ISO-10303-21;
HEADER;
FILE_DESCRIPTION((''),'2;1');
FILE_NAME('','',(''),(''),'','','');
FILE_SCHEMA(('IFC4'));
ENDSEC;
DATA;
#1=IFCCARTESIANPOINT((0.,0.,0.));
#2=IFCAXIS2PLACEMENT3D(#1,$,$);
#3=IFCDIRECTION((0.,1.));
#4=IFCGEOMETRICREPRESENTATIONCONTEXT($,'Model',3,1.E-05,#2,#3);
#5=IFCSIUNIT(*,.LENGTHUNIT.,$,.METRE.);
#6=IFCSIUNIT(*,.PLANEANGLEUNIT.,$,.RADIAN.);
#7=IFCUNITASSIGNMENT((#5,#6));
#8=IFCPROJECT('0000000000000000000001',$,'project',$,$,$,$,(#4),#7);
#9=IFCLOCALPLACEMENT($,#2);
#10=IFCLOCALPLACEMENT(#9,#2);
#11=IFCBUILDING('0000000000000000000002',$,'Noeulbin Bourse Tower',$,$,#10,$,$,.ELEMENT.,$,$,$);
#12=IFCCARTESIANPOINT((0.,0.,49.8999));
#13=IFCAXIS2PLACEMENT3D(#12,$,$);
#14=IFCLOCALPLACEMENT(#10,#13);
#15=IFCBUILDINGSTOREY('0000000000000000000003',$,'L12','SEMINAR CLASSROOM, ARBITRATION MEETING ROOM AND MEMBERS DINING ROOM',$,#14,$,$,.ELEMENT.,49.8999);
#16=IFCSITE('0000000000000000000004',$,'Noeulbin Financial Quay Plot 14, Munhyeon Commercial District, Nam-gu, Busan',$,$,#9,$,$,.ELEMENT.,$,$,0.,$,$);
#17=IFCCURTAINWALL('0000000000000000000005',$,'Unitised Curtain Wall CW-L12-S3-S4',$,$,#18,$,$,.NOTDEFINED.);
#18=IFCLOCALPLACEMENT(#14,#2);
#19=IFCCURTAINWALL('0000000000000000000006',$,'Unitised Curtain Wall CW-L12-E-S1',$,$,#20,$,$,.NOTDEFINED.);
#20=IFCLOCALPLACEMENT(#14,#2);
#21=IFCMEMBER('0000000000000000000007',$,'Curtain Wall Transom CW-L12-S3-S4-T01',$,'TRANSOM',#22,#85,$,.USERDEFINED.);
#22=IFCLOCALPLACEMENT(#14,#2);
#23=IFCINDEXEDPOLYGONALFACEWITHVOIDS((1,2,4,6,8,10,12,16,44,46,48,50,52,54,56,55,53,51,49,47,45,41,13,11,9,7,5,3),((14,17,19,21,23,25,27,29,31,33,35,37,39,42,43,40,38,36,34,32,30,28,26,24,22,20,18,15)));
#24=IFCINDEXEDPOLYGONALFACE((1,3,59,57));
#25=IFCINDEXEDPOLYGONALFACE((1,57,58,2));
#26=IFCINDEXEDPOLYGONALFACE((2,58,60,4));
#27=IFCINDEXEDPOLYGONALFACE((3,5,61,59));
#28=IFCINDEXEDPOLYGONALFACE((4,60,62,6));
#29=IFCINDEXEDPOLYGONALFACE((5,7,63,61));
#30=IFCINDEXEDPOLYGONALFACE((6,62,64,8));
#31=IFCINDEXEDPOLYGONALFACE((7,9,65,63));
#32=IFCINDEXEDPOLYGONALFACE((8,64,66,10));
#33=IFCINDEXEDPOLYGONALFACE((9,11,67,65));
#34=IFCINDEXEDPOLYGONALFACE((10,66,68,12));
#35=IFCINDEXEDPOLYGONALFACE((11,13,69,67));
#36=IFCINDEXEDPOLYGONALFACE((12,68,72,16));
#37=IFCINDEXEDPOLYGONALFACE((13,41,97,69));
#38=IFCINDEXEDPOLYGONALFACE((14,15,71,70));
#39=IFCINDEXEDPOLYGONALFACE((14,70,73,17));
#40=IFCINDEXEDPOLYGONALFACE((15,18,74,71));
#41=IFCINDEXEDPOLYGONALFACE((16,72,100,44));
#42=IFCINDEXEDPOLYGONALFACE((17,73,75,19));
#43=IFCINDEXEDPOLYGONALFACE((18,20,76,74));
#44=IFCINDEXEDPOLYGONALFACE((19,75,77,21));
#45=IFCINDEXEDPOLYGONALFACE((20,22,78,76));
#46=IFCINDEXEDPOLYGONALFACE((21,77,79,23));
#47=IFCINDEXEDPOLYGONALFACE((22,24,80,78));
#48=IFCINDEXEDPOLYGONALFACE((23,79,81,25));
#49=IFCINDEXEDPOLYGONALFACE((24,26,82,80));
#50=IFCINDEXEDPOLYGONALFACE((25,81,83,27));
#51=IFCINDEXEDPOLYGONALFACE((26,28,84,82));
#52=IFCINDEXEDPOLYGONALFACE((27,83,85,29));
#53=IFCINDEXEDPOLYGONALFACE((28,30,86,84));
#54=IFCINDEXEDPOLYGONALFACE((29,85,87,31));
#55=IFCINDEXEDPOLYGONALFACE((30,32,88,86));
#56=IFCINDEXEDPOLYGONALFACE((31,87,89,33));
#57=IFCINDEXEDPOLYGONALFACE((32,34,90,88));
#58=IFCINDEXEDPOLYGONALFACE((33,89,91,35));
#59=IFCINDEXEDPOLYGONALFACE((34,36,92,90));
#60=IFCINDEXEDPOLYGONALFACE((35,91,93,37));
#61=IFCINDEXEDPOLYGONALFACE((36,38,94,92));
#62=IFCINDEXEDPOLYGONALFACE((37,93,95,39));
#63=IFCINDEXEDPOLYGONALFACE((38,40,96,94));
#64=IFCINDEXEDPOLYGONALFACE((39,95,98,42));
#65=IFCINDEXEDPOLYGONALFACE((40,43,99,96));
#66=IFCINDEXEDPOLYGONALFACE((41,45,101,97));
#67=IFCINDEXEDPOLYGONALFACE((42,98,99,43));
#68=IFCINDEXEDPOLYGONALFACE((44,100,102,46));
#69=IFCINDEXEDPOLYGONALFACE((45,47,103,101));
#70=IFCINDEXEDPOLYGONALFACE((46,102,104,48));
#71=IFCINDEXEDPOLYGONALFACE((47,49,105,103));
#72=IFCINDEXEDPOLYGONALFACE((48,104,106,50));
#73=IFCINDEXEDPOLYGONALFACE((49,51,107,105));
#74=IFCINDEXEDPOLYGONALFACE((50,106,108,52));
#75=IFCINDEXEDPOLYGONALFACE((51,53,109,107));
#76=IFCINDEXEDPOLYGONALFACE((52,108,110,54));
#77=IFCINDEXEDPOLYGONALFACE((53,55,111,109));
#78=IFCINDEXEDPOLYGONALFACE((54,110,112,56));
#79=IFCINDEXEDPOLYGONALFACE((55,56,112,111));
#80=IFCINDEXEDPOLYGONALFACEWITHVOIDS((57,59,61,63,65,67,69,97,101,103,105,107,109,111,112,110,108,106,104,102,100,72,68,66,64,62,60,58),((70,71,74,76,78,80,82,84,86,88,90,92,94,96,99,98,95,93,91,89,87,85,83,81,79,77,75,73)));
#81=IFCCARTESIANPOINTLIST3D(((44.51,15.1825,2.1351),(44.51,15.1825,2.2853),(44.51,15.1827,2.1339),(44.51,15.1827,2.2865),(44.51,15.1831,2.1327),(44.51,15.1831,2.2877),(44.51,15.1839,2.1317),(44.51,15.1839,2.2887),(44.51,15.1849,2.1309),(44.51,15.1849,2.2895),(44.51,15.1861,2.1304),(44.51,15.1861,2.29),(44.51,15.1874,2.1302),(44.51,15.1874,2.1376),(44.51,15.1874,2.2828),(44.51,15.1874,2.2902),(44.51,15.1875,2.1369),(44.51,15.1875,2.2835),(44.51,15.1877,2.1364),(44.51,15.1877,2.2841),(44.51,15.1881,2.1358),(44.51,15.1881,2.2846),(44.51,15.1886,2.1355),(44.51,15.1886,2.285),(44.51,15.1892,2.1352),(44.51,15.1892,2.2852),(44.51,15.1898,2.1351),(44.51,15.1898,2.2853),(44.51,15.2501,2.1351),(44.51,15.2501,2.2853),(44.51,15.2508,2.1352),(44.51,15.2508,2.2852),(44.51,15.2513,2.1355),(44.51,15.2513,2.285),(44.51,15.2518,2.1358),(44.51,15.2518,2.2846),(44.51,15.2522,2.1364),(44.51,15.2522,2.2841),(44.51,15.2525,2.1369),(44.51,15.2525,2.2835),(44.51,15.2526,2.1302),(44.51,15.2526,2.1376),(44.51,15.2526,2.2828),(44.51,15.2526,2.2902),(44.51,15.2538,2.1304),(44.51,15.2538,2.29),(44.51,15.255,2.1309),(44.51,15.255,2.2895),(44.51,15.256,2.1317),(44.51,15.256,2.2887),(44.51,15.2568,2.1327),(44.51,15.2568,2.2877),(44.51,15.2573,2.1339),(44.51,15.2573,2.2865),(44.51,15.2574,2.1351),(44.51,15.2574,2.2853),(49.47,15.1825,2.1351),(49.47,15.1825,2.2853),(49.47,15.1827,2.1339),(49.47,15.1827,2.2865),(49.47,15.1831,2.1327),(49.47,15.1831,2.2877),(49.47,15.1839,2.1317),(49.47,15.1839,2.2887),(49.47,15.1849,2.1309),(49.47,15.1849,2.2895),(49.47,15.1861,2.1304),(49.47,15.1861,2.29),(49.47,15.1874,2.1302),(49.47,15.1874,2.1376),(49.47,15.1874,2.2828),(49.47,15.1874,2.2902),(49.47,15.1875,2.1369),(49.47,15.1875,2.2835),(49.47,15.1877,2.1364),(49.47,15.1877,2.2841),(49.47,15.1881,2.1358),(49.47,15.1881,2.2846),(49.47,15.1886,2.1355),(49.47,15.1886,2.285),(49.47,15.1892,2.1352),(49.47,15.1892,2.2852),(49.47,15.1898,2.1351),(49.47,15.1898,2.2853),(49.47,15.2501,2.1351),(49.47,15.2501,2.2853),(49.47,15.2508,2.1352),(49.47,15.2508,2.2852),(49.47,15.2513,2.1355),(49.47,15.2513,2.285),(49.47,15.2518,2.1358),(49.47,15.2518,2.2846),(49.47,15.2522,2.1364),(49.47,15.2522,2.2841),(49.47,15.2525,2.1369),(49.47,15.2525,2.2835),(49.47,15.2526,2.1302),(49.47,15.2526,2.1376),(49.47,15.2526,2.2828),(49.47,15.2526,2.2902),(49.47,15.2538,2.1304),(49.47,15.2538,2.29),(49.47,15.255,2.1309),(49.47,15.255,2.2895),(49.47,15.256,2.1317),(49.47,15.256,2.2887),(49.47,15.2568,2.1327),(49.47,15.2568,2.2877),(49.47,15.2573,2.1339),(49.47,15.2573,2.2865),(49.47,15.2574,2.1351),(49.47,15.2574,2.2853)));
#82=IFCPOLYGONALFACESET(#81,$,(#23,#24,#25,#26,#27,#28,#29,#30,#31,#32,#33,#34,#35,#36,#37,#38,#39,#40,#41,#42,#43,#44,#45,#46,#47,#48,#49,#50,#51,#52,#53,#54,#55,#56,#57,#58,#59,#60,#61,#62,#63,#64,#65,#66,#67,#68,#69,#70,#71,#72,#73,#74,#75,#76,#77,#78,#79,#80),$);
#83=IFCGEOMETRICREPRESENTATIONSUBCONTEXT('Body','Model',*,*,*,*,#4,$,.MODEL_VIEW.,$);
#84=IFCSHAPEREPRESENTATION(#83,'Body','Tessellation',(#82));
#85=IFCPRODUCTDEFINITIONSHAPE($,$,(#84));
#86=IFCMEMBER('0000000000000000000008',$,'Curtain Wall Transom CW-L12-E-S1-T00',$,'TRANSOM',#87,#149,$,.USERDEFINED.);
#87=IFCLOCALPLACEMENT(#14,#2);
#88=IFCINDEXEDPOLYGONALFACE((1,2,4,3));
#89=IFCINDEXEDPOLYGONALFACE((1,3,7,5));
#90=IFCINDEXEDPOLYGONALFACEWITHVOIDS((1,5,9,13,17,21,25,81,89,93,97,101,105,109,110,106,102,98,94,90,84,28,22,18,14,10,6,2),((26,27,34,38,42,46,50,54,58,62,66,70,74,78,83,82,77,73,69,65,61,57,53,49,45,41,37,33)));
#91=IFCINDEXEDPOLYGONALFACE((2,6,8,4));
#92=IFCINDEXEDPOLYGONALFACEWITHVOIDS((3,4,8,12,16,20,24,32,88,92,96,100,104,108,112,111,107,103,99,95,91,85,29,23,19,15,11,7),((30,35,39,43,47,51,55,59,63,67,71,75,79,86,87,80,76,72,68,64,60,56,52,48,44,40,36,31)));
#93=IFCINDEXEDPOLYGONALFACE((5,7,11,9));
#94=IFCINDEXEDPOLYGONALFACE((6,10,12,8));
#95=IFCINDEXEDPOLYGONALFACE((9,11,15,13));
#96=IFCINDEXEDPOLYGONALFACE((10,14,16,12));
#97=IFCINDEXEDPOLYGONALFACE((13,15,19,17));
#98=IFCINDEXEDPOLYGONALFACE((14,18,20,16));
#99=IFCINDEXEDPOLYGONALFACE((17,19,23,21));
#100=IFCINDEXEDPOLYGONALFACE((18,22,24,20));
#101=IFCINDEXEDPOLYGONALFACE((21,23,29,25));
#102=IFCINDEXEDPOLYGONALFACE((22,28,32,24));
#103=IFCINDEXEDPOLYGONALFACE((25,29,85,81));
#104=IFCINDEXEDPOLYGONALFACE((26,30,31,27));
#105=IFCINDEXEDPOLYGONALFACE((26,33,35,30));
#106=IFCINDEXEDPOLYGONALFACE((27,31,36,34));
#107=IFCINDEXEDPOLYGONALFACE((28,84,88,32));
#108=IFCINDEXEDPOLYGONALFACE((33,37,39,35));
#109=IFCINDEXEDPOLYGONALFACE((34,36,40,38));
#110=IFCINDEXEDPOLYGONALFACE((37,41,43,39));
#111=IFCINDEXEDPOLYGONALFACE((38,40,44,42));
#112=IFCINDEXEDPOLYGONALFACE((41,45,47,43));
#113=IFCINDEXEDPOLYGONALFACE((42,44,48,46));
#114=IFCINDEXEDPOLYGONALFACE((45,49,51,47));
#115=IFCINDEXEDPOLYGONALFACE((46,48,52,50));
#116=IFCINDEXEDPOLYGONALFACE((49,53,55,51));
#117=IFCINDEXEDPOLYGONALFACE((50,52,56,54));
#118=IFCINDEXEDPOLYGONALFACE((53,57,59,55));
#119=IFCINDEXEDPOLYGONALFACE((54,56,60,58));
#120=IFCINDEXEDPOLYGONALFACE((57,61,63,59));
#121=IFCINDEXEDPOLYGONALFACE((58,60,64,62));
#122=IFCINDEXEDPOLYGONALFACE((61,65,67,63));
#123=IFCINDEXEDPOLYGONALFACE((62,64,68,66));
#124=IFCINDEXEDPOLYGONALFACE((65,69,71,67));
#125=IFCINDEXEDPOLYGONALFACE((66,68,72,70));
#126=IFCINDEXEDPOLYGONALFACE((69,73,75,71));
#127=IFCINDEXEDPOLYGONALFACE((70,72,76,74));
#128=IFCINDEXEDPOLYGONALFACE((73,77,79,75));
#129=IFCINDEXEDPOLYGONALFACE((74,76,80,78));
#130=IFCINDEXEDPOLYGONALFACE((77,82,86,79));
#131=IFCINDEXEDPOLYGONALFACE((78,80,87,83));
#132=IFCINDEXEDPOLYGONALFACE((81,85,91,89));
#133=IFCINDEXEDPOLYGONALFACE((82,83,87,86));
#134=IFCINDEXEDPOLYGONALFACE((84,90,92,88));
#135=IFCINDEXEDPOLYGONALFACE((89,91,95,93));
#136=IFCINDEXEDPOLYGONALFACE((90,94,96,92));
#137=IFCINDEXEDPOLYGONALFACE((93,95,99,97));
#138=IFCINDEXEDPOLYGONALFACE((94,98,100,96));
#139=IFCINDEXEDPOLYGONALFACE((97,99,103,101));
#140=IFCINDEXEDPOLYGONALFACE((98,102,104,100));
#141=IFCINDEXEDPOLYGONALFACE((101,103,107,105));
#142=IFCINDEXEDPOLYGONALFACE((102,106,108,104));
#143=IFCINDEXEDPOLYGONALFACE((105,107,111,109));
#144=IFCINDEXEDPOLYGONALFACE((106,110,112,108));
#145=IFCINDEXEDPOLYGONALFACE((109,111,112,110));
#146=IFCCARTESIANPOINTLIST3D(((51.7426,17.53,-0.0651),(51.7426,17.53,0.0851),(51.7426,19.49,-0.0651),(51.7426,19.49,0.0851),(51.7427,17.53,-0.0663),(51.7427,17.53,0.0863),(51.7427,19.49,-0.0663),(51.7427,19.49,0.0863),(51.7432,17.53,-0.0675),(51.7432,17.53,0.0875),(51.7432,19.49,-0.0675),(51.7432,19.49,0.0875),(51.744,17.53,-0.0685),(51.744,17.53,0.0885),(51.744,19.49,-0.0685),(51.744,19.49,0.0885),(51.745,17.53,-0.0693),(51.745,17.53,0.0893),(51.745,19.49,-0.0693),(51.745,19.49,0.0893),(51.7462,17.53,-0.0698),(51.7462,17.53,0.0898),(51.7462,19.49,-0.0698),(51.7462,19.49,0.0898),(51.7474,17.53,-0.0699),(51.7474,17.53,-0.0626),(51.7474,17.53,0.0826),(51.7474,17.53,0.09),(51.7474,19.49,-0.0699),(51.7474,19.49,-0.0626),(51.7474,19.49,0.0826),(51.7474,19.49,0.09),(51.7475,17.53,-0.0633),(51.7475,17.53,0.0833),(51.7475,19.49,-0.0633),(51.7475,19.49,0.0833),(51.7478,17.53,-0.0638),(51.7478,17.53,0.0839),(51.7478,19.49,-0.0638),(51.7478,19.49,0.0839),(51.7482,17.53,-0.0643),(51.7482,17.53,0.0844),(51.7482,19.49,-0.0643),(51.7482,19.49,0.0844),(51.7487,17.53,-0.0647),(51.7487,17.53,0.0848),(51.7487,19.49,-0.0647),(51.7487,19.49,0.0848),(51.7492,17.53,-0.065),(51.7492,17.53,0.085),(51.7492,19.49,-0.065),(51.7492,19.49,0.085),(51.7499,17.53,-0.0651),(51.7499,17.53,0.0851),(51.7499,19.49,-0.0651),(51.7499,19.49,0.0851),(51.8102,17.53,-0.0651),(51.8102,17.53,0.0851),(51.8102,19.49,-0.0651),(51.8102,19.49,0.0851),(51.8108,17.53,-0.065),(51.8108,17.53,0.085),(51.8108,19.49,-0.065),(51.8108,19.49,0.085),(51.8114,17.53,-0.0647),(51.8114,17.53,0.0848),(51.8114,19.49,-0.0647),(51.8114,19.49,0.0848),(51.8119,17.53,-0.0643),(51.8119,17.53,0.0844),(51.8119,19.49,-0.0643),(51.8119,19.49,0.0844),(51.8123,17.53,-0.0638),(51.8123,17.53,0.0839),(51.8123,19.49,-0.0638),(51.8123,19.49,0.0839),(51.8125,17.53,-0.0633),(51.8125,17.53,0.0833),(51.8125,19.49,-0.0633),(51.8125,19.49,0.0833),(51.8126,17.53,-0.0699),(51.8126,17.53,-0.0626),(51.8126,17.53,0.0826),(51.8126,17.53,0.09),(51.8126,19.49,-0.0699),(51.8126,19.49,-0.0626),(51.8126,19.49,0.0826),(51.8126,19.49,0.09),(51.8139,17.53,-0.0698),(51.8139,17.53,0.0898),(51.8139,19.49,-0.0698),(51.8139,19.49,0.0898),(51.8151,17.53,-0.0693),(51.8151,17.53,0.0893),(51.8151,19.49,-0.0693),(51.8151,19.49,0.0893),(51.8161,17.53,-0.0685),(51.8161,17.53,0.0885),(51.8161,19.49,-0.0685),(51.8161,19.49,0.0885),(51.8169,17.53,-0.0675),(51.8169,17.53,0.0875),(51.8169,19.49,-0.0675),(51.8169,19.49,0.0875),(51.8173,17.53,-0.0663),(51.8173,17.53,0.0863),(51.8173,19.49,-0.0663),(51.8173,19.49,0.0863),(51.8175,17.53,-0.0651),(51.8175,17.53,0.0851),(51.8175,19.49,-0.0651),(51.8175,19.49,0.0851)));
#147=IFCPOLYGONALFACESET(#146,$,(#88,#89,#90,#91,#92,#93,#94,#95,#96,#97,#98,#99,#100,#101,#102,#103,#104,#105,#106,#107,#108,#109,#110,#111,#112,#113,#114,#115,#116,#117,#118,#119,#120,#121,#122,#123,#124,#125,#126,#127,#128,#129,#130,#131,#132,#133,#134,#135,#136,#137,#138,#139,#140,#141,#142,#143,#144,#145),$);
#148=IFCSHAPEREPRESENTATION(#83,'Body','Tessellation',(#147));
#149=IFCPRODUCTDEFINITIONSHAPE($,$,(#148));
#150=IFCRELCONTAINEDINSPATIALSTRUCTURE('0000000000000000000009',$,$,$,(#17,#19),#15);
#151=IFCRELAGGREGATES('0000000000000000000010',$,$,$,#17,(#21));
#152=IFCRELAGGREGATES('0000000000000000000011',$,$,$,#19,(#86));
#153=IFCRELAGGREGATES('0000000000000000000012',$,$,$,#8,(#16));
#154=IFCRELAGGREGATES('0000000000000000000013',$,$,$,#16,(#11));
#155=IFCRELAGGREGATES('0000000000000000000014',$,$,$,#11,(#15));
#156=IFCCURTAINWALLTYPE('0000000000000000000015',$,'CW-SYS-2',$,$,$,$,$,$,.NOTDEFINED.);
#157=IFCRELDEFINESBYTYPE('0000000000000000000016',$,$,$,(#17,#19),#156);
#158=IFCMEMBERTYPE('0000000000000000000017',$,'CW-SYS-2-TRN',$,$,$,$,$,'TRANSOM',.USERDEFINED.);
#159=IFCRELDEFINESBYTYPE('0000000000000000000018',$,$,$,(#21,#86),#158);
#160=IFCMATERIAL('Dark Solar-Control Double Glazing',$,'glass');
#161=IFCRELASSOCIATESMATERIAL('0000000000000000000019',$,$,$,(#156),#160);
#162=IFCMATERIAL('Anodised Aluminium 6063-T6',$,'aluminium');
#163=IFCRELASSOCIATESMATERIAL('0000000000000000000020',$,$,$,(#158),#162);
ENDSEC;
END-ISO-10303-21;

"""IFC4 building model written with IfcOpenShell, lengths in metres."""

from ifc_helpers import new_model, si_unit, direction, frame, origin, origin_2d, place, context, subcontext, project, spatial, hollow_rectangle, extrude, material, material_profile, profile_set, type_object, element, aggregate, save


model = new_model("IFC4")

# Units and contexts
model_context = context("Model", 3, precision=1e-05, world=origin(), true_north=direction((0.0, 1.0)))
body_context = subcontext(model_context, "Body", "Model", "MODEL_VIEW")
ifc_project = project(units=[si_unit("LENGTHUNIT", "METRE"), si_unit("PLANEANGLEUNIT", "RADIAN")], contexts=[model_context])

# Site, building, storey
site_placement = place(None, origin())
site = spatial("IfcSite", under=ifc_project, at=site_placement, Name="Noeulbin Financial Quay Plot 14, Munhyeon Commercial District, Nam-gu, Busan", CompositionType="ELEMENT", RefElevation=0.0)
building_placement = place(site_placement, origin())
building = spatial("IfcBuilding", under=site, at=building_placement, Name="Noeulbin Bourse Tower", CompositionType="ELEMENT")
storey_placement = place(building_placement, frame((0.0, 0.0, 49.8999)))
storey = spatial("IfcBuildingStorey", under=building, at=storey_placement, Name="L12", Description="SEMINAR CLASSROOM, ARBITRATION MEETING ROOM AND MEMBERS DINING ROOM", CompositionType="ELEMENT", Elevation=49.8999)

# Curtain wall
ifc_material_1 = material(Name="Dark Solar-Control Double Glazing", Category="glass")
curtain_wall_type = type_object("IfcCurtainWallType", Name="CW-SYS-2", PredefinedType="NOTDEFINED", material=ifc_material_1)
curtain_wall_1_placement = place(storey_placement, origin())
curtain_wall_1 = element("IfcCurtainWall", 1, at=curtain_wall_1_placement, inside=storey, type_object=curtain_wall_type, Name="Unitised Curtain Wall CW-L12-S3-S4", PredefinedType="NOTDEFINED")
ifc_material_2 = material(Name="Anodised Aluminium 6063-T6", Category="aluminium")

# Curtain wall
curtain_wall_2_placement = place(storey_placement, origin())
curtain_wall_2 = element("IfcCurtainWall", 2, at=curtain_wall_2_placement, inside=storey, type_object=curtain_wall_type, Name="Unitised Curtain Wall CW-L12-E-S1", PredefinedType="NOTDEFINED")

# Members
ifc_material_profile_1 = material_profile(ifc_material_2, hollow_rectangle(XDim=0.075, YDim=0.1599, WallThickness=0.0049, InnerFilletRadius=0.0024, OuterFilletRadius=0.0049, at=origin_2d()), Name="ALU-TRAN-75x160x5", Category="LoadBearing")
ifc_profile_set_1 = profile_set([ifc_material_profile_1], Name="Anodised Aluminium 6063-T6")
member_type_1 = type_object("IfcMemberType", Name="CW-SYS-2-TRN", ElementType="TRANSOM", PredefinedType="USERDEFINED", material=ifc_profile_set_1)
member_1_placement = place(storey_placement, frame((44.51, 15.22, 2.2102), z_axis=(1.0, 0.0, 0.0), x_axis=(0.0, 1.0, 0.0)))
member_1 = element("IfcMember", 3, at=member_1_placement, type_object=member_type_1, Name="Curtain Wall Transom CW-L12-S3-S4-T01", ObjectType="TRANSOM", PredefinedType="USERDEFINED", context=body_context, shape_type="SweptSolid", body=[
    extrude(hollow_rectangle(XDim=0.075, YDim=0.1599, WallThickness=0.0049, InnerFilletRadius=0.0024, OuterFilletRadius=0.0049, at=origin_2d()), origin(), (0.0, 0.0, 1.0), 4.96),
])
member_2_placement = place(storey_placement, frame((51.78, 17.53, 0.01), z_axis=(0.0, 1.0, 0.0), x_axis=(-1.0, 0.0, 0.0)))
member_2 = element("IfcMember", 4, at=member_2_placement, type_object=member_type_1, Name="Curtain Wall Transom CW-L12-E-S1-T00", ObjectType="TRANSOM", PredefinedType="USERDEFINED", context=body_context, shape_type="SweptSolid", body=[
    extrude(hollow_rectangle(XDim=0.075, YDim=0.1599, WallThickness=0.0049, InnerFilletRadius=0.0024, OuterFilletRadius=0.0049, at=origin_2d()), origin(), (0.0, 0.0, 1.0), 1.96),
])

aggregate(curtain_wall_1, [member_1])
aggregate(curtain_wall_2, [member_2])

save(model, "model.ifc")
